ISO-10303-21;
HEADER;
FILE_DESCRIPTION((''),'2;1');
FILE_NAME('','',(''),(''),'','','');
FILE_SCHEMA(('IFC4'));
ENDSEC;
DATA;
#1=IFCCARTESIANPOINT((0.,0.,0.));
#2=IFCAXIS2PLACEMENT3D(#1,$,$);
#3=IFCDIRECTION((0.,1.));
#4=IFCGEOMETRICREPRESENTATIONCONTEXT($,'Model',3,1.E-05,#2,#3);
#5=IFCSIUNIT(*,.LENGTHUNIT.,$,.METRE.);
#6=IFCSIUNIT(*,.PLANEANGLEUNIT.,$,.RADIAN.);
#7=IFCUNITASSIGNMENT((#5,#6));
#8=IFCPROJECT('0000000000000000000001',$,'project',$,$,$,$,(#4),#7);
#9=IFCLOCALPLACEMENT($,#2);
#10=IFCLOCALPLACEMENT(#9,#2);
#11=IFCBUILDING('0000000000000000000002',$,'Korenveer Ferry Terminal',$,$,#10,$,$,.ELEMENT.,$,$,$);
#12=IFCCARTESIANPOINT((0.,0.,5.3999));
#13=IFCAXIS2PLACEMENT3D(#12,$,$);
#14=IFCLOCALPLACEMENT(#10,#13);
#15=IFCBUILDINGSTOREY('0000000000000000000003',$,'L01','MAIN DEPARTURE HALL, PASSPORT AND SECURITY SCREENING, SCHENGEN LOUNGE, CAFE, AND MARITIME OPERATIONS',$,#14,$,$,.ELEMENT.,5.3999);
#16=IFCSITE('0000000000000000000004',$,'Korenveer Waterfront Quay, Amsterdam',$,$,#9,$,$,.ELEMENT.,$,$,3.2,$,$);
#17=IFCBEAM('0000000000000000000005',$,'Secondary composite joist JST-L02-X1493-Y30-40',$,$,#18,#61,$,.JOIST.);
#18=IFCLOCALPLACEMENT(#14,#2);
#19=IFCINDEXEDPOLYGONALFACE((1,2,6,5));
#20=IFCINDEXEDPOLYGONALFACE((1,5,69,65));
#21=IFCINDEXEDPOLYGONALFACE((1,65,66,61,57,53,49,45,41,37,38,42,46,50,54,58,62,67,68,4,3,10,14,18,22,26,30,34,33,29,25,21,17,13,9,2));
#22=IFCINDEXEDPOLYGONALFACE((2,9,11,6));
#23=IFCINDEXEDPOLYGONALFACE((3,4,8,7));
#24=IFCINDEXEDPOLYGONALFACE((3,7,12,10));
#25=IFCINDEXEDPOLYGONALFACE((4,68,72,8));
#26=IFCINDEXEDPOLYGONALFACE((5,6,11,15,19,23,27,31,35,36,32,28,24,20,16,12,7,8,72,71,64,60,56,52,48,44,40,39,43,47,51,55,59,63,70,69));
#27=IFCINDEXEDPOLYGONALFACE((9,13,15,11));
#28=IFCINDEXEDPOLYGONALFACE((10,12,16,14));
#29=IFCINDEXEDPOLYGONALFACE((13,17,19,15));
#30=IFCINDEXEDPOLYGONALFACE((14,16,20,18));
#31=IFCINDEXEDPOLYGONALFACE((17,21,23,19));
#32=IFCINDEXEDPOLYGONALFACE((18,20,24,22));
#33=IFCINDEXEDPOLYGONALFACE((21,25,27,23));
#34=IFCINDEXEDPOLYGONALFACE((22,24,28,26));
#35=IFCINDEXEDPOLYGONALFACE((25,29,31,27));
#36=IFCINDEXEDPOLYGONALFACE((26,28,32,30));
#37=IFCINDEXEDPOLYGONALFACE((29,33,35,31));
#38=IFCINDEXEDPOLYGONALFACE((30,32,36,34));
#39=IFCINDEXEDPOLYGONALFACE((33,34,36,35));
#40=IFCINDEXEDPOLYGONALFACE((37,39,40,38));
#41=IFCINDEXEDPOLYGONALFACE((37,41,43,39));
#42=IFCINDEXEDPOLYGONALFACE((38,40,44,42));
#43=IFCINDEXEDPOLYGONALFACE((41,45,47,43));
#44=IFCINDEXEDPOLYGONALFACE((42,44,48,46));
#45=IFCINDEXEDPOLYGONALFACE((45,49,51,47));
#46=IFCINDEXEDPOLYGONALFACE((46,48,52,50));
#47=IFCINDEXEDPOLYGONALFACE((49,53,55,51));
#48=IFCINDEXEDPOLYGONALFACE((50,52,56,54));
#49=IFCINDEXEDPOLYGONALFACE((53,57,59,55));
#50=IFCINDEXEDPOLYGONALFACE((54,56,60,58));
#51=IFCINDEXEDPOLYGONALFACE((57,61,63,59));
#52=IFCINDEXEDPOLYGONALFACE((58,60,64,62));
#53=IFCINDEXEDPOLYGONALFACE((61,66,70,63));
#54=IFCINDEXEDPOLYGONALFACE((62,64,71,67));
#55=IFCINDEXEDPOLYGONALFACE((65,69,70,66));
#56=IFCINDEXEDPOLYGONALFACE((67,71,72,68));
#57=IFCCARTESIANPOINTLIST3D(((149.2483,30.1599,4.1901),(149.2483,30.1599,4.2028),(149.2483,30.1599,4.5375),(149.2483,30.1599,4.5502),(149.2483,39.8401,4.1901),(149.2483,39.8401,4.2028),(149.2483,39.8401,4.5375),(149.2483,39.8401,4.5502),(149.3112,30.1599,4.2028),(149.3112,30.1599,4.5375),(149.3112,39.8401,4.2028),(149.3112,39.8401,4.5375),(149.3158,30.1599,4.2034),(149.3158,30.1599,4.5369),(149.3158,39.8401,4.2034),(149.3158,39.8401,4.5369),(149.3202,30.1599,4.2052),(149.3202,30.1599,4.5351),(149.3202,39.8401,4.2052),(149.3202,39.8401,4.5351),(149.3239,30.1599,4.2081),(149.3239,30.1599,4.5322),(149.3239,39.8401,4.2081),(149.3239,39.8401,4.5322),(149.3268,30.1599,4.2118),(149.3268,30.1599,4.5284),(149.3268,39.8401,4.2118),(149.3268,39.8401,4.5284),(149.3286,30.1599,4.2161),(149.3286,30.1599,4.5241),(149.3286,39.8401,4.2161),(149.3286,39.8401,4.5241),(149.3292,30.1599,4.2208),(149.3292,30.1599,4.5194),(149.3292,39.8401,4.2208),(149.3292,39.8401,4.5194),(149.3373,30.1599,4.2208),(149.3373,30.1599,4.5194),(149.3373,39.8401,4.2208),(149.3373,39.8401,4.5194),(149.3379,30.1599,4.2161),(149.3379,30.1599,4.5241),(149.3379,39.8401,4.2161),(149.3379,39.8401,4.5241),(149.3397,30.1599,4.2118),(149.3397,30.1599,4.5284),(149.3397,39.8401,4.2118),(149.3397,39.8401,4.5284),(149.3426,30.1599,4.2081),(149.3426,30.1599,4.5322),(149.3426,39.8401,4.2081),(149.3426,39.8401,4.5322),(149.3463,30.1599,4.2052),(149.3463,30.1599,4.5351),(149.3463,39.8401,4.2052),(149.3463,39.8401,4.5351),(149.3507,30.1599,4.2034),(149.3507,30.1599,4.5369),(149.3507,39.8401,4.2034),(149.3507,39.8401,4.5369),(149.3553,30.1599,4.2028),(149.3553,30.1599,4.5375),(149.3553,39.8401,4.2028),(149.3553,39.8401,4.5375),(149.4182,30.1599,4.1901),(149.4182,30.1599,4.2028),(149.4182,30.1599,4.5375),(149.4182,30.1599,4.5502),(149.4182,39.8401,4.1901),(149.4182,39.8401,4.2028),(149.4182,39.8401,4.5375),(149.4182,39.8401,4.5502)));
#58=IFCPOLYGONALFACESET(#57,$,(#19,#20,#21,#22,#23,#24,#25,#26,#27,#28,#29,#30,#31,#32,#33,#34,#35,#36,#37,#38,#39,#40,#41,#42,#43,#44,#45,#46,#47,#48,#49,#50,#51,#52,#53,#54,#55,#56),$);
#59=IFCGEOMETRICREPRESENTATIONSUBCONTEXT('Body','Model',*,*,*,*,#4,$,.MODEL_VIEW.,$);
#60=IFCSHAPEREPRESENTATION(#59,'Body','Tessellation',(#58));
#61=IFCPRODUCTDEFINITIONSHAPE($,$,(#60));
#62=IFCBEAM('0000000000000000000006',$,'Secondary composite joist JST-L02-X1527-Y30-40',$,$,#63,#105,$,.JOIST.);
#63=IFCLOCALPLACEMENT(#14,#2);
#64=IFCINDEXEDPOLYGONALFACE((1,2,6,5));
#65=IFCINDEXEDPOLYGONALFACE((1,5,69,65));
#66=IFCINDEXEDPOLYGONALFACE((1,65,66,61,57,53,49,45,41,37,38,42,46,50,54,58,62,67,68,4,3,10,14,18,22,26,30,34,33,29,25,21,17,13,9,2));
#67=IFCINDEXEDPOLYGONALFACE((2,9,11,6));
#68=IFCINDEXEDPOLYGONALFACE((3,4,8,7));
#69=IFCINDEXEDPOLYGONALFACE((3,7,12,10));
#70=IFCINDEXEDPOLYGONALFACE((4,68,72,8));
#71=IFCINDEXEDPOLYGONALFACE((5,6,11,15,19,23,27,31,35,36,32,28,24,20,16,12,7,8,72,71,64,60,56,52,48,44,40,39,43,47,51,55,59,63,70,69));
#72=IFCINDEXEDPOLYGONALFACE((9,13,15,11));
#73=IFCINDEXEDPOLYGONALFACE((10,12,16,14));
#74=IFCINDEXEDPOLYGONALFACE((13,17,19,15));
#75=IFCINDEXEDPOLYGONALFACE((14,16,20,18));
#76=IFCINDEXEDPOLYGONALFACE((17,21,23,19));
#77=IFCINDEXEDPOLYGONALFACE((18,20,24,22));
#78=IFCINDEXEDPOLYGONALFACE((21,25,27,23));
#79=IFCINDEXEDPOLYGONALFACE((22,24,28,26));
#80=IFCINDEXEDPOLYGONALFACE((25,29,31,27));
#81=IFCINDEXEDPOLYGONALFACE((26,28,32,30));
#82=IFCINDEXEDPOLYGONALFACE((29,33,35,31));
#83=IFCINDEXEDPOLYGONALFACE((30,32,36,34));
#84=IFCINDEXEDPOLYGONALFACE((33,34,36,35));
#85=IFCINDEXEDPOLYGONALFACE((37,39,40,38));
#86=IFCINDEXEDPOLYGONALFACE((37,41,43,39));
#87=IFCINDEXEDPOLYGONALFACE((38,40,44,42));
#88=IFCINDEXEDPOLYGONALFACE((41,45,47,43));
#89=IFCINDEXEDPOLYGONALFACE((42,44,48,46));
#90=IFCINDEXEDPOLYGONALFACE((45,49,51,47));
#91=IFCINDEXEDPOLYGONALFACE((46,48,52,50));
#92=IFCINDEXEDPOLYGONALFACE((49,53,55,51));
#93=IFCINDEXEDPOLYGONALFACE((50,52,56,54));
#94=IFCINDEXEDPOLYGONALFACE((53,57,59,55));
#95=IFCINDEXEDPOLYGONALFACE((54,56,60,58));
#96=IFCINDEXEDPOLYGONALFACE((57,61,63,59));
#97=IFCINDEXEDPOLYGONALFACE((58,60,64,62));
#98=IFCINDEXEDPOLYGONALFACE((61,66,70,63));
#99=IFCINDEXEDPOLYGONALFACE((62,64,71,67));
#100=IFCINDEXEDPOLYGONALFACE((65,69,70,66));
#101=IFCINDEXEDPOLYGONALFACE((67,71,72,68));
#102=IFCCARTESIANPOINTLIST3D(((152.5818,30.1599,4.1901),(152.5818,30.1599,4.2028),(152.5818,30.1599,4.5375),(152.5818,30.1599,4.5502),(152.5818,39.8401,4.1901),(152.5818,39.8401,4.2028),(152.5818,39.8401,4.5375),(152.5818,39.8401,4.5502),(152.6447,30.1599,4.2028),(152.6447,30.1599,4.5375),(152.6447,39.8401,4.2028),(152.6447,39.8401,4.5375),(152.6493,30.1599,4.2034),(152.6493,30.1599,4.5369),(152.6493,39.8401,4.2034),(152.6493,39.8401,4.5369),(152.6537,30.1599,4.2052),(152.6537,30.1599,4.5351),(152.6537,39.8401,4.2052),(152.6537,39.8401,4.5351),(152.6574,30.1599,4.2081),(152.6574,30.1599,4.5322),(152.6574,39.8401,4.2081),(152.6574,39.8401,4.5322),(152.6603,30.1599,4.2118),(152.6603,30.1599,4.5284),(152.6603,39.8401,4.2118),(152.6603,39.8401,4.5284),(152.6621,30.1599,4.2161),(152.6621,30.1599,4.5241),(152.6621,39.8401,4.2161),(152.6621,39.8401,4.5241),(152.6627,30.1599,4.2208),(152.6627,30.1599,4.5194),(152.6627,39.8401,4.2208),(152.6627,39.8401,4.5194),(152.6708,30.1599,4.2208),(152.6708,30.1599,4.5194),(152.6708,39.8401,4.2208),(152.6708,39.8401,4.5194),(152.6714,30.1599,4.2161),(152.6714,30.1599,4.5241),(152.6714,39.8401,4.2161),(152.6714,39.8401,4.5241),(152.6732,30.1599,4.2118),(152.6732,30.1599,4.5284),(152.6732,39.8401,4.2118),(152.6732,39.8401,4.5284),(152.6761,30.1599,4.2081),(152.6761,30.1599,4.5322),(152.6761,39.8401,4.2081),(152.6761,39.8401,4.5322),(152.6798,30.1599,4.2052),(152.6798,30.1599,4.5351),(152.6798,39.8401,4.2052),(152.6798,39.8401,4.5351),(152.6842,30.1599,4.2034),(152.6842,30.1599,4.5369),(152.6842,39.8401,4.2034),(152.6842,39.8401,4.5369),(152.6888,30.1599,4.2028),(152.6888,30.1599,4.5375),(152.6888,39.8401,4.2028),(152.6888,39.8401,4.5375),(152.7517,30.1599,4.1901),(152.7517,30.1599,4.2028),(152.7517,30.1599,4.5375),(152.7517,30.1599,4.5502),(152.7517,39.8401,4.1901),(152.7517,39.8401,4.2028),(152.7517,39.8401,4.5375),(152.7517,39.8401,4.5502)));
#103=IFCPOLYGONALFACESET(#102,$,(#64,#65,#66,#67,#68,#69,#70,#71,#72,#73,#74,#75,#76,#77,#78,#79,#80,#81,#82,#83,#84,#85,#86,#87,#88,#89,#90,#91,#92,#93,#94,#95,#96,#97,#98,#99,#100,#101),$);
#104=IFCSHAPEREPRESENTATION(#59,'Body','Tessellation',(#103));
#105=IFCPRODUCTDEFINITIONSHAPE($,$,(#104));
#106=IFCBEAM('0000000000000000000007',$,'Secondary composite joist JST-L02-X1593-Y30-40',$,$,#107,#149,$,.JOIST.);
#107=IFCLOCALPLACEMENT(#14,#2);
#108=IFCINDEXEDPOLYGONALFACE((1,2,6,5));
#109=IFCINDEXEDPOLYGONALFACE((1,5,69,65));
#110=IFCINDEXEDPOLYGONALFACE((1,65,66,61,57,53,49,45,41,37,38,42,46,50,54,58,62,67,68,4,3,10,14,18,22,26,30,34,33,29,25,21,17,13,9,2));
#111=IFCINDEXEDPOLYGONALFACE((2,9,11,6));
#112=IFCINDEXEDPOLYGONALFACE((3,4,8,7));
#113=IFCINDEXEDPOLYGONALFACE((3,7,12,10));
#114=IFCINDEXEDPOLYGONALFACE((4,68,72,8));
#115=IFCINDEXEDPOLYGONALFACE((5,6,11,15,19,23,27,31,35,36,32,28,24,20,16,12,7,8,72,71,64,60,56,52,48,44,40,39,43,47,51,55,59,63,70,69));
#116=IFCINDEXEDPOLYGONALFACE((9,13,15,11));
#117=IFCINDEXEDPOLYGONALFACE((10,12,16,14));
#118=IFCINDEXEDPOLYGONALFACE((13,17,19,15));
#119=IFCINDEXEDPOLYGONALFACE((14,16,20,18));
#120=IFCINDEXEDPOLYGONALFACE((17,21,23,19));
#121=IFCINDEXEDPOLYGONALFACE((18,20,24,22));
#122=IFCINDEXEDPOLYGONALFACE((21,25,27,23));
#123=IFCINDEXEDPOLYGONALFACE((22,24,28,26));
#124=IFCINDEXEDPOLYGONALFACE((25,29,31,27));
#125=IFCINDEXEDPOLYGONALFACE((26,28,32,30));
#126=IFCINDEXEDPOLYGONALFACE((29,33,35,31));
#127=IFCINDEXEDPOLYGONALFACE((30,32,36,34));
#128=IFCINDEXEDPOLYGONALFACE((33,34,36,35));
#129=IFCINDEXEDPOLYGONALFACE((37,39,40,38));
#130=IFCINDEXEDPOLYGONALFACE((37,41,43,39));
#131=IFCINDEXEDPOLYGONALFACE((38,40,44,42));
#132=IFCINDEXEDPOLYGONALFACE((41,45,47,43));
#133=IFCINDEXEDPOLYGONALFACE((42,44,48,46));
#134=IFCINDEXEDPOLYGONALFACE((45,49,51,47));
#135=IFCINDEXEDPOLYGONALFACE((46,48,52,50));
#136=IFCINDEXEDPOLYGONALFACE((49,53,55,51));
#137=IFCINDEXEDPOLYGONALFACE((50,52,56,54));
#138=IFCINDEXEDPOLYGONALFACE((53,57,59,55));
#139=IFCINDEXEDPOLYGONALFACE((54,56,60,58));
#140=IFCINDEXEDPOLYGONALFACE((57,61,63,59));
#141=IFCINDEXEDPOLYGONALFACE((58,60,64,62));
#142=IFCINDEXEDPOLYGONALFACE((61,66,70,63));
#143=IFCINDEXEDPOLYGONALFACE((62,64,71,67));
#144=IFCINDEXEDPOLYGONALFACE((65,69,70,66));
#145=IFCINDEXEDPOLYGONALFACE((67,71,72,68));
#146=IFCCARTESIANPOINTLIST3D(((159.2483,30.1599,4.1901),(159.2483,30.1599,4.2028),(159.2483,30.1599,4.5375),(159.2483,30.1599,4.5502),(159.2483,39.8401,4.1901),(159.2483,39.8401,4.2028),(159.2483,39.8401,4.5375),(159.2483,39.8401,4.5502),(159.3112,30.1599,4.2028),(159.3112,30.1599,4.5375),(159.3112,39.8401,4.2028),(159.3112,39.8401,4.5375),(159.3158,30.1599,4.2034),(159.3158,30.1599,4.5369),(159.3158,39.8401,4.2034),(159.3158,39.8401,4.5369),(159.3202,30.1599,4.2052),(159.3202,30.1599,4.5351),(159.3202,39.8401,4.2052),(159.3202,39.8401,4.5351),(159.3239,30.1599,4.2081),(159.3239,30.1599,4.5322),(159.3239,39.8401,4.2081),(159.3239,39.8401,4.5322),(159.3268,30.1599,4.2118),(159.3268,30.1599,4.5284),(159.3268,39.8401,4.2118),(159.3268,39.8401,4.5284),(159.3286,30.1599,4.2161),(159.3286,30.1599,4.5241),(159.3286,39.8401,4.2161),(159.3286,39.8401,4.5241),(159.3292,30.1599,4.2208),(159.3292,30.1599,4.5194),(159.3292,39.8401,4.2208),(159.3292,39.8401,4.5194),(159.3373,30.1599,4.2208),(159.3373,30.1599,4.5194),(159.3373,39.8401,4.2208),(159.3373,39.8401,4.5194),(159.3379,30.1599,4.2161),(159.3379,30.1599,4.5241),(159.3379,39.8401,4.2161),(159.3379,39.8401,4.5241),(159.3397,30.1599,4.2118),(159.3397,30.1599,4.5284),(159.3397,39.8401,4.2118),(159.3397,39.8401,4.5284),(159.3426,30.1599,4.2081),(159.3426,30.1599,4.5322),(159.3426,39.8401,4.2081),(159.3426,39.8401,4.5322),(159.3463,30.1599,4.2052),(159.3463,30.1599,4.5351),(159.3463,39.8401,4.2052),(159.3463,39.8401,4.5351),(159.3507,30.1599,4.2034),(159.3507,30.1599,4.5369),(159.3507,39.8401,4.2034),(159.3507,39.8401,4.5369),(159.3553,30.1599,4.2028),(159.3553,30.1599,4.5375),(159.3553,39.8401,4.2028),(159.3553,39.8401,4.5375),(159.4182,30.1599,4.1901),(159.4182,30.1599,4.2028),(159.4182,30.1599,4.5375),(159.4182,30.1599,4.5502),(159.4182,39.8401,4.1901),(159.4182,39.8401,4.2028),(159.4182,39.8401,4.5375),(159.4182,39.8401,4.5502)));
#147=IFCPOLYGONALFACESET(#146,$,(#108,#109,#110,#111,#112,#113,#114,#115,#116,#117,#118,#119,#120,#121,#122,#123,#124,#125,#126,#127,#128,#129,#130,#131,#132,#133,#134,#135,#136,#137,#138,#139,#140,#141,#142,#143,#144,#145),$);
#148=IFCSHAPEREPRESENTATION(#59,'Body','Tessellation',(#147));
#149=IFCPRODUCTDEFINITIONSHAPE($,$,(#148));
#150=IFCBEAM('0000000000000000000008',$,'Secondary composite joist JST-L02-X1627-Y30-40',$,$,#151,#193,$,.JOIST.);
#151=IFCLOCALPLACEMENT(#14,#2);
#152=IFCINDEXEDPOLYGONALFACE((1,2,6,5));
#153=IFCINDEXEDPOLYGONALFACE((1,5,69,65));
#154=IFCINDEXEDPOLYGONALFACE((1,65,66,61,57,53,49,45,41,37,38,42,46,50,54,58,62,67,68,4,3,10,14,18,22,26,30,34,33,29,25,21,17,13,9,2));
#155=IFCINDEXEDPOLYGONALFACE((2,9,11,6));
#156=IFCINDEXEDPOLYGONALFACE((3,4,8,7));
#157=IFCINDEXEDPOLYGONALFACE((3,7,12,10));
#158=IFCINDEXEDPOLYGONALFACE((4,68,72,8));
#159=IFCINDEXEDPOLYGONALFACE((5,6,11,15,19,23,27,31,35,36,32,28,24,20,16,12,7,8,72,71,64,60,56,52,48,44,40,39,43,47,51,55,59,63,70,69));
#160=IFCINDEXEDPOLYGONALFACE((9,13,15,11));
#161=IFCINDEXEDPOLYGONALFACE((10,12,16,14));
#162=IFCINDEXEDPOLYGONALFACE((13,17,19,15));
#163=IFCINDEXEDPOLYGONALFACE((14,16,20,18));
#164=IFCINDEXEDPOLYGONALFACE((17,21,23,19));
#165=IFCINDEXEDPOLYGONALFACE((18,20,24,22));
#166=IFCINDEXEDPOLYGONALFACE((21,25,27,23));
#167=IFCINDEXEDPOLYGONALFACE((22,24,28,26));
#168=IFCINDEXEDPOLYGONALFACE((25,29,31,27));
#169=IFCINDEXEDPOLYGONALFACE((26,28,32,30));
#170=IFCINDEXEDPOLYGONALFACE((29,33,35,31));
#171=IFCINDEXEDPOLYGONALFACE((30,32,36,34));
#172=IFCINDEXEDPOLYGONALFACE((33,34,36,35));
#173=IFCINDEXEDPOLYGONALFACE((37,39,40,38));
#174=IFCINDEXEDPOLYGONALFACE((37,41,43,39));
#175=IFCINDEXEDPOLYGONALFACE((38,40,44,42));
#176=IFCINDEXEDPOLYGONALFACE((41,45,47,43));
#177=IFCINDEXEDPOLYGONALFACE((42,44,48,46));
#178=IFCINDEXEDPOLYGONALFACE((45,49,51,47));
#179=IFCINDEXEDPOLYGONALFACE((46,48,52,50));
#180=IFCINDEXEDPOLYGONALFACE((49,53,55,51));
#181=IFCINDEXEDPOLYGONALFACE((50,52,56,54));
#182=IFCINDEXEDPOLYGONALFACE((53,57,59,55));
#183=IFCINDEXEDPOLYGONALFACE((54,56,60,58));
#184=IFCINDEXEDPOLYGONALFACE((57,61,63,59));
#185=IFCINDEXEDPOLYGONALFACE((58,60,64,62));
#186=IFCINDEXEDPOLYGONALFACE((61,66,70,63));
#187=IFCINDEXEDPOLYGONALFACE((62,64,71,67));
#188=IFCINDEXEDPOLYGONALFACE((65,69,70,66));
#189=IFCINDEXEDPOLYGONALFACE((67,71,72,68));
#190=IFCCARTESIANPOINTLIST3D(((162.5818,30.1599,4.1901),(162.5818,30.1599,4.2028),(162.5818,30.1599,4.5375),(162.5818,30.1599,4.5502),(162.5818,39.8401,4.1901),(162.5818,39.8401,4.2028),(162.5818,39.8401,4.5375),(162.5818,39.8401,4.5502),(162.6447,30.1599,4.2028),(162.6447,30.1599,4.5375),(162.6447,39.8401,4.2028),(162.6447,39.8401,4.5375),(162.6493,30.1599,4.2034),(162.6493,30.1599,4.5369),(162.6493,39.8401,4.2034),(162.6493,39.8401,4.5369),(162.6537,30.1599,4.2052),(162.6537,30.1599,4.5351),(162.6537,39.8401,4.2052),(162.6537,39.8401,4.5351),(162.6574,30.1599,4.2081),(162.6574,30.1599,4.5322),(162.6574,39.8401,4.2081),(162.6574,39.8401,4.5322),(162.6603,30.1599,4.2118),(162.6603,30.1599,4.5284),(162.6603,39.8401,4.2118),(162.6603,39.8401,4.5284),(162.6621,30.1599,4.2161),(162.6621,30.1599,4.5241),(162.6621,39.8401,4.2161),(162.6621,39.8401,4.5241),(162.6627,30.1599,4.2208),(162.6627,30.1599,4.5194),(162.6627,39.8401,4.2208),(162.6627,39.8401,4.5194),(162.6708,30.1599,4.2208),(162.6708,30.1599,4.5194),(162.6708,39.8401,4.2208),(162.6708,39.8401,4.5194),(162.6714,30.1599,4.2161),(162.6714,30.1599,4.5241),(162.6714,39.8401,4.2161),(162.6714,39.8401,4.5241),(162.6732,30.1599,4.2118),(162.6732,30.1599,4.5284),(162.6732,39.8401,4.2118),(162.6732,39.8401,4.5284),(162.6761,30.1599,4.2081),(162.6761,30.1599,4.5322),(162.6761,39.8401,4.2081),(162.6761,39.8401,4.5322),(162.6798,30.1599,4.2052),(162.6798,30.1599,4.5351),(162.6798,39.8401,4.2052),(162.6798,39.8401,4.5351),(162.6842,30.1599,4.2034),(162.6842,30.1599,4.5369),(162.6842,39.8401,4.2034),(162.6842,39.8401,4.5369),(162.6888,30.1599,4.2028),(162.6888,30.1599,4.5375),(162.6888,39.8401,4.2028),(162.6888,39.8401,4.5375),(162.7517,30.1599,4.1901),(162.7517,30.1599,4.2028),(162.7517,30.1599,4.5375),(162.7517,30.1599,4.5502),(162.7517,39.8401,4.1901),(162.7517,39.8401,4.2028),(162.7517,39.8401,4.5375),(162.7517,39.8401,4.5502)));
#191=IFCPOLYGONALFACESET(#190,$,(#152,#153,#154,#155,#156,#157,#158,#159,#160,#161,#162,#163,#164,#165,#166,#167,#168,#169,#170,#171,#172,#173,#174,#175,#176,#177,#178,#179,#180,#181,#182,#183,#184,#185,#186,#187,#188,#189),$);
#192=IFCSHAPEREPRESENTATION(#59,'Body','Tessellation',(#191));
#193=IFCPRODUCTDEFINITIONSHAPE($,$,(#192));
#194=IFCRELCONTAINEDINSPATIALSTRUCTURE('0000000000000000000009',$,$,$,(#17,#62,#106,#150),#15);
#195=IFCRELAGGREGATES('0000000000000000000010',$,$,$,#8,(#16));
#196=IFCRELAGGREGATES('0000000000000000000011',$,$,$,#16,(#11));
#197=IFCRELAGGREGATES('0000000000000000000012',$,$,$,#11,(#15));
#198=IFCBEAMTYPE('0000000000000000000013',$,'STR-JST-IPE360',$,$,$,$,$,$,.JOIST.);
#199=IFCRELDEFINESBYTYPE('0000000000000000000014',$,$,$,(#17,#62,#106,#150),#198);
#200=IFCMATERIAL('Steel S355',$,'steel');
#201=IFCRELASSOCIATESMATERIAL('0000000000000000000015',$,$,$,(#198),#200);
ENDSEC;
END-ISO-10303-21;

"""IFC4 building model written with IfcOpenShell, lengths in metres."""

from ifc_helpers import new_model, si_unit, direction, frame, origin, origin_2d, place, context, subcontext, project, spatial, i_section, extrude, material, material_profile, profile_set, type_object, element, save


model = new_model("IFC4")

# Units and contexts
model_context = context("Model", 3, precision=1e-05, world=origin(), true_north=direction((0.0, 1.0)))
body_context = subcontext(model_context, "Body", "Model", "MODEL_VIEW")
ifc_project = project(units=[si_unit("LENGTHUNIT", "METRE"), si_unit("PLANEANGLEUNIT", "RADIAN")], contexts=[model_context])

# Site, building, storey
site_placement = place(None, origin())
site = spatial("IfcSite", under=ifc_project, at=site_placement, Name="Korenveer Waterfront Quay, Amsterdam", CompositionType="ELEMENT", RefElevation=3.2)
building_placement = place(site_placement, origin())
building = spatial("IfcBuilding", under=site, at=building_placement, Name="Korenveer Ferry Terminal", CompositionType="ELEMENT")
storey_placement = place(building_placement, frame((0.0, 0.0, 5.3999)))
storey = spatial("IfcBuildingStorey", under=building, at=storey_placement, Name="L01", Description="MAIN DEPARTURE HALL, PASSPORT AND SECURITY SCREENING, SCHENGEN LOUNGE, CAFE, AND MARITIME OPERATIONS", CompositionType="ELEMENT", Elevation=5.3999)

# Beams
ifc_material_1 = material(Name="Steel S355", Category="steel")
ifc_material_profile_1 = material_profile(ifc_material_1, i_section(OverallWidth=0.1699, OverallDepth=0.3601, WebThickness=0.0081, FlangeThickness=0.0127, FilletRadius=0.0181, at=origin_2d()), Name="IPE 360")
ifc_profile_set_1 = profile_set([ifc_material_profile_1], Name="Steel S355")
beam_type_1 = type_object("IfcBeamType", Name="STR-JST-IPE360", PredefinedType="JOIST", material=ifc_profile_set_1)
for number, where, z_axis, x_axis, name in (
    (1, (149.3333, 30.1599, 4.3701), (0.0, 1.0, 0.0), (-1.0, 0.0, 0.0), "Secondary composite joist JST-L02-X1493-Y30-40"),
    (2, (152.6667, 30.1599, 4.3701), (0.0, 1.0, 0.0), (-1.0, 0.0, 0.0), "Secondary composite joist JST-L02-X1527-Y30-40"),
    (3, (159.3333, 30.1599, 4.3701), (0.0, 1.0, 0.0), (-1.0, 0.0, 0.0), "Secondary composite joist JST-L02-X1593-Y30-40"),
    (4, (162.6667, 30.1599, 4.3701), (0.0, 1.0, 0.0), (-1.0, 0.0, 0.0), "Secondary composite joist JST-L02-X1627-Y30-40"),
):
    element("IfcBeam", number, at=place(storey_placement, frame(where, z_axis=z_axis, x_axis=x_axis)), inside=storey, type_object=beam_type_1, Name=name, PredefinedType="JOIST", context=body_context, shape_type="SweptSolid", body=[
        extrude(i_section(OverallWidth=0.1699, OverallDepth=0.3601, WebThickness=0.0081, FlangeThickness=0.0127, FilletRadius=0.0181, at=origin_2d()), origin(), (0.0, 0.0, 1.0), 9.6802),
    ])

save(model, "model.ifc")
